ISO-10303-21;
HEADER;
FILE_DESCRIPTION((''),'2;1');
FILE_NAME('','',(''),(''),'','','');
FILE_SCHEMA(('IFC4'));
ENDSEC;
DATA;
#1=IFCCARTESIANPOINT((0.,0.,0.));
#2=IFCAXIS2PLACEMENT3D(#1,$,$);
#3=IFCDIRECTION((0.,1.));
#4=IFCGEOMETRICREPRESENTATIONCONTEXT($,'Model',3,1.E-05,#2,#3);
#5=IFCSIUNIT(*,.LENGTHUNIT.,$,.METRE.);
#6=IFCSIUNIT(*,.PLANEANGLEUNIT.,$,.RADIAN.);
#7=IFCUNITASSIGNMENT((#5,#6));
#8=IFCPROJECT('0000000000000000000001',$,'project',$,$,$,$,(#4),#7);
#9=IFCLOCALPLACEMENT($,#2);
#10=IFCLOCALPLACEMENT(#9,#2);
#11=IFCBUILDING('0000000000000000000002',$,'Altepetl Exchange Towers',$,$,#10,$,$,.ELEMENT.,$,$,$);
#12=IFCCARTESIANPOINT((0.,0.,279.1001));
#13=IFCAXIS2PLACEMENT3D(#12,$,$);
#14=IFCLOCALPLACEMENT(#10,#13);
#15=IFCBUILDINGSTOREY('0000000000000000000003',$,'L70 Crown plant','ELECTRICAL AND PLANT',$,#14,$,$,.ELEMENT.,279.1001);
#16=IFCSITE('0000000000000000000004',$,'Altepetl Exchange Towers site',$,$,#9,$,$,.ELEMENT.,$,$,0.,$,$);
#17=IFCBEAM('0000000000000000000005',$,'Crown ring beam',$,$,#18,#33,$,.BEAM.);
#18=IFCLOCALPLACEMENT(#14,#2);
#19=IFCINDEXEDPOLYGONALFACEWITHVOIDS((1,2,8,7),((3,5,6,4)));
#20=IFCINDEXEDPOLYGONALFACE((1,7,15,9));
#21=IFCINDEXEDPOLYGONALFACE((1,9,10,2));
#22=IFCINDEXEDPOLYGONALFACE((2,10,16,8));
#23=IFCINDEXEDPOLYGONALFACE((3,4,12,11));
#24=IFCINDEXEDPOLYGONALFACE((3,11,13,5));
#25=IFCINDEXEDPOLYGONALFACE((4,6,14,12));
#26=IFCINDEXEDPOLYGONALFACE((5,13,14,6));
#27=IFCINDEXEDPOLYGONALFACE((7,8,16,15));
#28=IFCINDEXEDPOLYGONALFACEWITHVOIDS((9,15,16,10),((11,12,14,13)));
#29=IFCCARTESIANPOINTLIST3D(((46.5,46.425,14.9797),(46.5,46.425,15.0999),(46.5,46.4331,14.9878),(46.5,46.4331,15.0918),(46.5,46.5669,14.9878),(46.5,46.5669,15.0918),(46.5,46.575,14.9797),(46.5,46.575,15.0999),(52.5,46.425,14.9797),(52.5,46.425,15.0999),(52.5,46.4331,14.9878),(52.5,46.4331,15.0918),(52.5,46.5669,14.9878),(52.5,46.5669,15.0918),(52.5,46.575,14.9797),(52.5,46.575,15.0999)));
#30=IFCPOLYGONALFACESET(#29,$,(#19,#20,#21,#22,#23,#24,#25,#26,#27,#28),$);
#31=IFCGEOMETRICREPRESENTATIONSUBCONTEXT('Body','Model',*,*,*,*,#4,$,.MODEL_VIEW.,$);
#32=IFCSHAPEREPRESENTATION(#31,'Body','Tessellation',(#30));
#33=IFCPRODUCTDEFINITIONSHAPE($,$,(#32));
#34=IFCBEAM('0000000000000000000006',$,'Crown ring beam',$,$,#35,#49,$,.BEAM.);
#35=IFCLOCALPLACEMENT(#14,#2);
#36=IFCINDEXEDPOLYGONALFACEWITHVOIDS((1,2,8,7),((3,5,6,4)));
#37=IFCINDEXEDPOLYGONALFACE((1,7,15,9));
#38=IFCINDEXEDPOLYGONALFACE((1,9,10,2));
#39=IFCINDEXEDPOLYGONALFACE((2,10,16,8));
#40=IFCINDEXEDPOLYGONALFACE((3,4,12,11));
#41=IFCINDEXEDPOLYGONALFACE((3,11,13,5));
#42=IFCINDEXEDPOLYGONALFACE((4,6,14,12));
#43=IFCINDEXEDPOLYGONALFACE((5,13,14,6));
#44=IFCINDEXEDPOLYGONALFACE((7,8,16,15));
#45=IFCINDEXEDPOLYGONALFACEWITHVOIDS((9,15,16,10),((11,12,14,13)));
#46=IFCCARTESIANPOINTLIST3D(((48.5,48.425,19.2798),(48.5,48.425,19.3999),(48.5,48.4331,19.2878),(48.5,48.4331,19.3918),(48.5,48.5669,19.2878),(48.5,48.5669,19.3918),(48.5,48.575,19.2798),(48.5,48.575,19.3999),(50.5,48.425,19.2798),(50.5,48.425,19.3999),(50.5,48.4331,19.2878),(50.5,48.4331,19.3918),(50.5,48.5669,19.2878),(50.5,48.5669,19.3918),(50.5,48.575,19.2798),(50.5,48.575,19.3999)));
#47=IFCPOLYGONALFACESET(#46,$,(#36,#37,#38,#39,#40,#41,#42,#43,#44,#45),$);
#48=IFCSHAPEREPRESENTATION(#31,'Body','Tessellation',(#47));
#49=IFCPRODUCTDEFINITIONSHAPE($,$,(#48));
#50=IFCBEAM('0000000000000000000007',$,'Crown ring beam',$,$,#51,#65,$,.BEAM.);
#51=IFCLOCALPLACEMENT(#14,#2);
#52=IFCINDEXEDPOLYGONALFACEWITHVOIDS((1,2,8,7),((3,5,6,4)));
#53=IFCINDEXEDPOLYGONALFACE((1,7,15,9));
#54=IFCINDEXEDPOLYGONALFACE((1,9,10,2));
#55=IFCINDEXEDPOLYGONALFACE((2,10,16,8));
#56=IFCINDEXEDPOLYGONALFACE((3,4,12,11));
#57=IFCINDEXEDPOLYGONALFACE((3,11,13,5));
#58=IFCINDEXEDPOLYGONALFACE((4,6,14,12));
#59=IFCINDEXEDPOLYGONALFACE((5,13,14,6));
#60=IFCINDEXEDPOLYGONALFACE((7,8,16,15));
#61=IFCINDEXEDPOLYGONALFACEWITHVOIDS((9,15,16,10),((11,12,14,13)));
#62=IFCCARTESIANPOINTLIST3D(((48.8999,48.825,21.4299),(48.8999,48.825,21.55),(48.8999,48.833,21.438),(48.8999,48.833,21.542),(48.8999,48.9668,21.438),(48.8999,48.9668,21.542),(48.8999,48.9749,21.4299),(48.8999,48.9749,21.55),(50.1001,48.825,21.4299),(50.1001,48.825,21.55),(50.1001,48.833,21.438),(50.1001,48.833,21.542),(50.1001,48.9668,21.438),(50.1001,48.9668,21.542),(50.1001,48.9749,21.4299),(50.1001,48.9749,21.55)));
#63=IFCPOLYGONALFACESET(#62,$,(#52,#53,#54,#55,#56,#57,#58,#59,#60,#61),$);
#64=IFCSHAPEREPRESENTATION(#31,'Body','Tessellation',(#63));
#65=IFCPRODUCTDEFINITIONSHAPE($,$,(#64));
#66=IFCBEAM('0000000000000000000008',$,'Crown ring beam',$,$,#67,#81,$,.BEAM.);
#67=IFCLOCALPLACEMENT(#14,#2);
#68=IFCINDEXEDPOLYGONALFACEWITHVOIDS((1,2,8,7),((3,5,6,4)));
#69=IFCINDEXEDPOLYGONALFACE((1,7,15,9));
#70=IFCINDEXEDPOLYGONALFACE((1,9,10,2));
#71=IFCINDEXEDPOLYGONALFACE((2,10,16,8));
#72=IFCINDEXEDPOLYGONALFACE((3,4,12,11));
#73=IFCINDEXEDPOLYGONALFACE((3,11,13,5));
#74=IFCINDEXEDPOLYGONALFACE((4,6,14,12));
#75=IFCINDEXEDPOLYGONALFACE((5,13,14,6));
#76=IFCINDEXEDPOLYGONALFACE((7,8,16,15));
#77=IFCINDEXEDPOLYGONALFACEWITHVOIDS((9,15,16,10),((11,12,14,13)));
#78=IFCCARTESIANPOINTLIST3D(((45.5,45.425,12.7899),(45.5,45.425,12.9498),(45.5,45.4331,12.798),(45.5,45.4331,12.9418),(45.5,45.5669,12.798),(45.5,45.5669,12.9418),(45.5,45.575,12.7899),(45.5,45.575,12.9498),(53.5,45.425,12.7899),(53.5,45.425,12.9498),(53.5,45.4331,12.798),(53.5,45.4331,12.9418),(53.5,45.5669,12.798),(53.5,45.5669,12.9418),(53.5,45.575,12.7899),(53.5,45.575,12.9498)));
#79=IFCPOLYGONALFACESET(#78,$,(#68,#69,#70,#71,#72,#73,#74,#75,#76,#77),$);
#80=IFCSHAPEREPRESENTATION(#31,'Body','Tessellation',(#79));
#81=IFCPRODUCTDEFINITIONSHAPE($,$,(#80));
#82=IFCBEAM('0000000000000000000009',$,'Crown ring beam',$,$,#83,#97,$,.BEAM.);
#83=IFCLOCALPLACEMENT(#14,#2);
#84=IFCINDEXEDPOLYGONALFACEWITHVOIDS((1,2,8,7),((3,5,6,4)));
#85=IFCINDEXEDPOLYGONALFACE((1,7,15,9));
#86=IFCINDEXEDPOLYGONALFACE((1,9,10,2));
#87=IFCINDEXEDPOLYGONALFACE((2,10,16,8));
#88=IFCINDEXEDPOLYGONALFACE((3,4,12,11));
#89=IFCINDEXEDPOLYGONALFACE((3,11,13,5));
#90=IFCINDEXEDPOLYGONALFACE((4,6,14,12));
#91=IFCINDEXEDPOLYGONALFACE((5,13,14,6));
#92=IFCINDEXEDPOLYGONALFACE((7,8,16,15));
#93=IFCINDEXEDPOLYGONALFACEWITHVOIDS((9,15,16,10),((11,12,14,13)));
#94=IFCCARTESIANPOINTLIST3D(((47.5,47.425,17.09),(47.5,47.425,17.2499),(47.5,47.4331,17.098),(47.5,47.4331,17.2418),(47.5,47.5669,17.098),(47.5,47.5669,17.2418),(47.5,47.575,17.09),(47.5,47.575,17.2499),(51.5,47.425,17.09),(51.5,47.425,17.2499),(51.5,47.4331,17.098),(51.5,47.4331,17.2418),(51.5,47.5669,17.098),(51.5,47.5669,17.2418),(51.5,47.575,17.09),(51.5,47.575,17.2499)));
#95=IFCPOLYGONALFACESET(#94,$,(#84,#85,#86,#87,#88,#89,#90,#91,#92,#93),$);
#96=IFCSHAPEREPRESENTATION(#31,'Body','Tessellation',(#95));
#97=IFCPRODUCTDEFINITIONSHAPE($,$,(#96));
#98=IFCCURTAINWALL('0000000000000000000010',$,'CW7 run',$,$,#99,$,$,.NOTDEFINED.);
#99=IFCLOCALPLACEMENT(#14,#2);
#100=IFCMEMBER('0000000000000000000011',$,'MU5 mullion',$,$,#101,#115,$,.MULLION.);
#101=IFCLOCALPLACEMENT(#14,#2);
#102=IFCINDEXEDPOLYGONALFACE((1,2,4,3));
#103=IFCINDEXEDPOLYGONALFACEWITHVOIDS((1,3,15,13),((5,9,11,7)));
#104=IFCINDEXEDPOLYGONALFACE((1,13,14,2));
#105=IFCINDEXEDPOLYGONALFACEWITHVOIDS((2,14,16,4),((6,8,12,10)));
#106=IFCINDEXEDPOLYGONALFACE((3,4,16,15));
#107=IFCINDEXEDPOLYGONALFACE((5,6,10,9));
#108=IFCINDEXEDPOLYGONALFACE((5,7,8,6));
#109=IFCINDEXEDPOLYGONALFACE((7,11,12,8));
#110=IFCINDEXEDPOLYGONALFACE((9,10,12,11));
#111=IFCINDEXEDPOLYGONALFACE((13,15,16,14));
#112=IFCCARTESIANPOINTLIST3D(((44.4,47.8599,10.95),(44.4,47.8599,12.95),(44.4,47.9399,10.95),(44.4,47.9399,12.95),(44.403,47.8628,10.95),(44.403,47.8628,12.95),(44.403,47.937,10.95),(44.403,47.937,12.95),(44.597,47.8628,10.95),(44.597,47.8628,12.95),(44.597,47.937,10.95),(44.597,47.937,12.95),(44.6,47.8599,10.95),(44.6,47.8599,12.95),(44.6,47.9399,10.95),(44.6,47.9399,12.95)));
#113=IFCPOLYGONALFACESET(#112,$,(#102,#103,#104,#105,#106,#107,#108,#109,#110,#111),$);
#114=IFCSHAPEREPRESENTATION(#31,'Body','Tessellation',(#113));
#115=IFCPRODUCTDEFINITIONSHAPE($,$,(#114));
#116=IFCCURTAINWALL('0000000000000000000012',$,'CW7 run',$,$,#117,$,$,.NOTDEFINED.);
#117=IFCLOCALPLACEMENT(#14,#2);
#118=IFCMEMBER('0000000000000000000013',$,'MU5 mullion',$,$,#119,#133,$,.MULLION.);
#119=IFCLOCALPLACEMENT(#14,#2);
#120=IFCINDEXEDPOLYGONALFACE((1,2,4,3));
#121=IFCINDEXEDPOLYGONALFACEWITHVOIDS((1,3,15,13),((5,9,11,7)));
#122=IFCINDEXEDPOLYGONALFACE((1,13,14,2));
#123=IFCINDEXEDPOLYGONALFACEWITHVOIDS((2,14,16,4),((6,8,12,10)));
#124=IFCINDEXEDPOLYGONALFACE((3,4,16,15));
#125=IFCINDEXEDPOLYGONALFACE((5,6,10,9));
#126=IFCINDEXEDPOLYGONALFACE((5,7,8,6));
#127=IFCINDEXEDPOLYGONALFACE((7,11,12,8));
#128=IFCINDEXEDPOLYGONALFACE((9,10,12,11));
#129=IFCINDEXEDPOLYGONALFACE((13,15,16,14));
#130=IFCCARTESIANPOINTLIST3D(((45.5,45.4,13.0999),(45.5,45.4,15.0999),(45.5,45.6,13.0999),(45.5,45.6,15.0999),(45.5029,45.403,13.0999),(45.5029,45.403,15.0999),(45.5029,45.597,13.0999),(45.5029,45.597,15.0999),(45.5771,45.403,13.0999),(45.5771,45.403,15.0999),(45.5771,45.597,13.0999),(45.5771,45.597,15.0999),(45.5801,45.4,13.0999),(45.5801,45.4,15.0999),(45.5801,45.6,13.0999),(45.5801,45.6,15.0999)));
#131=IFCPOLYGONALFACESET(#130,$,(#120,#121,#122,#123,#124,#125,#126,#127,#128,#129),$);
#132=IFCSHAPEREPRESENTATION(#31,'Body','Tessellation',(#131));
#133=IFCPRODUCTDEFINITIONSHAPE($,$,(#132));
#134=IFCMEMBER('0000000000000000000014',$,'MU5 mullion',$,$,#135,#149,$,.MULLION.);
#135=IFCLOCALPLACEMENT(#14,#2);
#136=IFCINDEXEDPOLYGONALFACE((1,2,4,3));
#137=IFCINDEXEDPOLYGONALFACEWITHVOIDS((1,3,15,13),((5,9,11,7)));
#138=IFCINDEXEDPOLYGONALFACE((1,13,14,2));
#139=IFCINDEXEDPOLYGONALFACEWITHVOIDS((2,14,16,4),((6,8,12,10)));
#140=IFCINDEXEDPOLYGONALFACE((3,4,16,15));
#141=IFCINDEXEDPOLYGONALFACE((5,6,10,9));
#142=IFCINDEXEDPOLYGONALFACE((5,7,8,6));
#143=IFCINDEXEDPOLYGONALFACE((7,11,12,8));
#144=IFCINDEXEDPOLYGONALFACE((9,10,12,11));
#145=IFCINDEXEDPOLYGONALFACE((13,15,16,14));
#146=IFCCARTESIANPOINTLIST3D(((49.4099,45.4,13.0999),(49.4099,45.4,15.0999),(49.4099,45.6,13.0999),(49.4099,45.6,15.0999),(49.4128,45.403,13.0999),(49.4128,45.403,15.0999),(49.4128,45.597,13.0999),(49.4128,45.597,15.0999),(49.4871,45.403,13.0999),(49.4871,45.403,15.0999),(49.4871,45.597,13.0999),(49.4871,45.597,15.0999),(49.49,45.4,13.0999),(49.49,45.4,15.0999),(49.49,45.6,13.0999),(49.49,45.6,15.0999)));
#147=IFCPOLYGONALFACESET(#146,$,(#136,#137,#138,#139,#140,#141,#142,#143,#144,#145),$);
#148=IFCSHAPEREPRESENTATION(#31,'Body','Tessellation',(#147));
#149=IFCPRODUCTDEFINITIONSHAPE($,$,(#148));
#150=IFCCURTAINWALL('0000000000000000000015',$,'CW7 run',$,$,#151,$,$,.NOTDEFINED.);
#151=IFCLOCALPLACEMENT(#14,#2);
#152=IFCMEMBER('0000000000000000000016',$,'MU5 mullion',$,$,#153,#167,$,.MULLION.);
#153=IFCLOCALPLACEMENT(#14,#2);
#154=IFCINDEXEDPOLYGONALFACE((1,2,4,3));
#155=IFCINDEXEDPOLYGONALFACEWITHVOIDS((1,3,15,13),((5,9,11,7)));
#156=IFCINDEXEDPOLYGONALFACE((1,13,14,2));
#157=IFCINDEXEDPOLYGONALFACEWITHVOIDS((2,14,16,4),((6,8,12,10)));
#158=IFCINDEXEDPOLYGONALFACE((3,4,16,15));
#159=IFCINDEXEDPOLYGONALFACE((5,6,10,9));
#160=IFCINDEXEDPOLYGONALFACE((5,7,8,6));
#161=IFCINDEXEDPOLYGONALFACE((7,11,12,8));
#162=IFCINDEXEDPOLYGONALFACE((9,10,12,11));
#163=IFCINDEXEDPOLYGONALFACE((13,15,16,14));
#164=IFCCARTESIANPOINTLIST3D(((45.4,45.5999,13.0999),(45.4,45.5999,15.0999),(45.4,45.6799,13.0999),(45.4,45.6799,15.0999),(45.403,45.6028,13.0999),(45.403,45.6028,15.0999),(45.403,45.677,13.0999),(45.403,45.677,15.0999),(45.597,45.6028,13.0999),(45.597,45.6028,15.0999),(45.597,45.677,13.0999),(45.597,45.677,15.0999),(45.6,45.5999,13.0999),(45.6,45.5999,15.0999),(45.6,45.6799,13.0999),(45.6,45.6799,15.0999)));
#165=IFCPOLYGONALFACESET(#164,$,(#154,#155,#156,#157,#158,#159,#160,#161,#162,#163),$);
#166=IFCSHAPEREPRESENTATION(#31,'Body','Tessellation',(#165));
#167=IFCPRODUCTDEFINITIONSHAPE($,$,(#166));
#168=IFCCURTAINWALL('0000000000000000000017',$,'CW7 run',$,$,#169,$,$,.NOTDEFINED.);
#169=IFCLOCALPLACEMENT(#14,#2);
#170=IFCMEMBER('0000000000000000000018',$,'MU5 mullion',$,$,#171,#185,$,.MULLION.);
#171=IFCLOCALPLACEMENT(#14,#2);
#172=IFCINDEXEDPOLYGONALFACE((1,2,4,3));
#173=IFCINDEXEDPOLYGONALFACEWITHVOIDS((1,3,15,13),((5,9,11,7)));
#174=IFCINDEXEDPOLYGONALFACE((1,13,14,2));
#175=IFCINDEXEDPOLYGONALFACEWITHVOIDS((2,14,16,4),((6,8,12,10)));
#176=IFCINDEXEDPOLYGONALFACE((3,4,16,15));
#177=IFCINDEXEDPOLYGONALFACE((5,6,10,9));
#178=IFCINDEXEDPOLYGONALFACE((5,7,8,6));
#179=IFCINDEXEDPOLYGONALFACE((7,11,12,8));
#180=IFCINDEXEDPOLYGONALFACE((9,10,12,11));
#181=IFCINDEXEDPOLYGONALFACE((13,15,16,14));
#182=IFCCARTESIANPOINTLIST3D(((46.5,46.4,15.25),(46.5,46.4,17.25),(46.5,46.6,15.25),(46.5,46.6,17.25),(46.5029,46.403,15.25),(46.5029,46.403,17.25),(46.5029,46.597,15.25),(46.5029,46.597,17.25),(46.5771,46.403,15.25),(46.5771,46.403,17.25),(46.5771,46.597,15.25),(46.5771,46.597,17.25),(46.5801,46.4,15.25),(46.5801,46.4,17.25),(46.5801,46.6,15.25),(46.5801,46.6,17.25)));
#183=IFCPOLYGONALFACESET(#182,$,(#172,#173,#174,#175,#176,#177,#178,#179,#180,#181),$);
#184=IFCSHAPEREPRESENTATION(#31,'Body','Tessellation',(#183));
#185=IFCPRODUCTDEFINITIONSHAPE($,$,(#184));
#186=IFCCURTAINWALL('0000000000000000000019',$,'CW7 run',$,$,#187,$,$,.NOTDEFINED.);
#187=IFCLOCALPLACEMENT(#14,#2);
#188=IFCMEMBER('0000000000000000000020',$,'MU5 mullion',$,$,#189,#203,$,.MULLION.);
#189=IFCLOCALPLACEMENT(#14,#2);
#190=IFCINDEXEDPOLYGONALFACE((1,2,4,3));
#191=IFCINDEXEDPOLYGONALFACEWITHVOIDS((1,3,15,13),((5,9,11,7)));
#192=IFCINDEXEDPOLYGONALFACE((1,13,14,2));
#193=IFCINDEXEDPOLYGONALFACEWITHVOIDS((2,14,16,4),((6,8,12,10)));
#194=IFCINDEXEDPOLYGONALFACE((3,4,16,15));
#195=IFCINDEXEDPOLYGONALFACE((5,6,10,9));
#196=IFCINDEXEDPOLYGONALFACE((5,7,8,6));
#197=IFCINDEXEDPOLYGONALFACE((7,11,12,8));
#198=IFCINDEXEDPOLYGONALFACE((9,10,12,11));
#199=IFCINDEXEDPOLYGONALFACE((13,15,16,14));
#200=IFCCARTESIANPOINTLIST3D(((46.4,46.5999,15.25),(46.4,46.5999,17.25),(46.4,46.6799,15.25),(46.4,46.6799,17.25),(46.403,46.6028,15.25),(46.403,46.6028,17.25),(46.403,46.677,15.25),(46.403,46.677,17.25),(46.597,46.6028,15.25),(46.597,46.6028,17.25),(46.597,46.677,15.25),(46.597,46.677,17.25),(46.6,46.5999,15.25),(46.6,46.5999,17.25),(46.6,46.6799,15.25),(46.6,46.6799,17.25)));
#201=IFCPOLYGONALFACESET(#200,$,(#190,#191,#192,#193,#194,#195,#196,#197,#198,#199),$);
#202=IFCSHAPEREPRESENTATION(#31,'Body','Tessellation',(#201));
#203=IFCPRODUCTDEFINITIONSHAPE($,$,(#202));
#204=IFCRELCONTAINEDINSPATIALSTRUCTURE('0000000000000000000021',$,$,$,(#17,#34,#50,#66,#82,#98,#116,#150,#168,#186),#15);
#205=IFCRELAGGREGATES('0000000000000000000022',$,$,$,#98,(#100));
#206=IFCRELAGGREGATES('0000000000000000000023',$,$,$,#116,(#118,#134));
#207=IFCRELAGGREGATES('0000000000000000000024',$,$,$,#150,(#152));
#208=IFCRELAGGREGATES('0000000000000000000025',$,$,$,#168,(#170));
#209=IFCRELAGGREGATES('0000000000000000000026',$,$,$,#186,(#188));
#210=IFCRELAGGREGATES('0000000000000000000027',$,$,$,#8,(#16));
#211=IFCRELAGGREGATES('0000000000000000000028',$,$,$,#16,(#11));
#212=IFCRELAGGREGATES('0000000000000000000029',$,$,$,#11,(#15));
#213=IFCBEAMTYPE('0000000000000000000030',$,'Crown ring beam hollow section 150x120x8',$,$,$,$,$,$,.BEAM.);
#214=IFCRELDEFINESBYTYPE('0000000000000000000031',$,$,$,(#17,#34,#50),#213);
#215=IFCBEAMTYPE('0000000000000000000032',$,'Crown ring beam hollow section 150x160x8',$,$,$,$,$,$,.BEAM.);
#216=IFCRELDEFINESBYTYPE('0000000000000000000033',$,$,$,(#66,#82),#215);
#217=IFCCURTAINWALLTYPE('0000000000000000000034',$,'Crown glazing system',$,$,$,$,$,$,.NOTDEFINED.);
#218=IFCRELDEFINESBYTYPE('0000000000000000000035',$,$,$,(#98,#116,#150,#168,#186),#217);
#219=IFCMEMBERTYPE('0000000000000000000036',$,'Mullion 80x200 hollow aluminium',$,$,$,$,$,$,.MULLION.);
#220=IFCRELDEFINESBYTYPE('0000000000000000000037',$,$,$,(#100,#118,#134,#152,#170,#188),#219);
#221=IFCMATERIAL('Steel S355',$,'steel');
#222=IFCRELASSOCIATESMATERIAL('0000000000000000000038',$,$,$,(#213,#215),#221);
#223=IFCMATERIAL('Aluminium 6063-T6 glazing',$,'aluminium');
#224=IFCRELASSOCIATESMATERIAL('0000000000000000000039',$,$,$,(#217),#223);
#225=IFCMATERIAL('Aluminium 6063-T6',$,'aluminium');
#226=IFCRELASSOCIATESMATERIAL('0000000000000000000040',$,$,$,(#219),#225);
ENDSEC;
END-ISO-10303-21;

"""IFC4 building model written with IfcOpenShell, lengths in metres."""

from ifc_helpers import new_model, si_unit, direction, frame, origin, origin_2d, place, context, subcontext, project, spatial, hollow_rectangle, extrude, material, material_profile, profile_set, type_object, element, aggregate, save


model = new_model("IFC4")

# Units and contexts
model_context = context("Model", 3, precision=1e-05, world=origin(), true_north=direction((0.0, 1.0)))
body_context = subcontext(model_context, "Body", "Model", "MODEL_VIEW")
ifc_project = project(units=[si_unit("LENGTHUNIT", "METRE"), si_unit("PLANEANGLEUNIT", "RADIAN")], contexts=[model_context])

# Site, building, storey
site_placement = place(None, origin())
site = spatial("IfcSite", under=ifc_project, at=site_placement, Name="Altepetl Exchange Towers site", CompositionType="ELEMENT", RefElevation=0.0)
building_placement = place(site_placement, origin())
building = spatial("IfcBuilding", under=site, at=building_placement, Name="Altepetl Exchange Towers", CompositionType="ELEMENT")
storey_placement = place(building_placement, frame((0.0, 0.0, 279.1001)))
storey = spatial("IfcBuildingStorey", under=building, at=storey_placement, Name="L70 Crown plant", Description="ELECTRICAL AND PLANT", CompositionType="ELEMENT", Elevation=279.1001)

# Beams
ifc_material_1 = material(Name="Steel S355", Category="steel")
ifc_material_profile_1 = material_profile(ifc_material_1, hollow_rectangle(XDim=0.1499, YDim=0.1201, WallThickness=0.0081, at=origin_2d()), Name="RHS 120x150x8")
ifc_profile_set_1 = profile_set([ifc_material_profile_1], Name="Steel S355")
beam_type_1 = type_object("IfcBeamType", Name="Crown ring beam hollow section 150x120x8", PredefinedType="BEAM", material=ifc_profile_set_1)
beam_1_placement = place(storey_placement, frame((46.5, 46.5, 15.0398), z_axis=(1.0, 0.0, 0.0), x_axis=(0.0, 1.0, 0.0)))
element("IfcBeam", 1, at=beam_1_placement, inside=storey, type_object=beam_type_1, Name="Crown ring beam", PredefinedType="BEAM", context=body_context, shape_type="SweptSolid", body=[
    extrude(hollow_rectangle(XDim=0.1499, YDim=0.1201, WallThickness=0.0081, at=origin_2d()), origin(), (0.0, 0.0, 1.0), 6.0),
])
beam_2_placement = place(storey_placement, frame((48.5, 48.5, 19.3398), z_axis=(1.0, 0.0, 0.0), x_axis=(0.0, 1.0, 0.0)))
element("IfcBeam", 2, at=beam_2_placement, inside=storey, type_object=beam_type_1, Name="Crown ring beam", PredefinedType="BEAM", context=body_context, shape_type="SweptSolid", body=[
    extrude(hollow_rectangle(XDim=0.1499, YDim=0.1201, WallThickness=0.0081, at=origin_2d()), origin(), (0.0, 0.0, 1.0), 2.0),
])
beam_3_placement = place(storey_placement, frame((48.8999, 48.8999, 21.49), z_axis=(1.0, 0.0, 0.0), x_axis=(0.0, 1.0, 0.0)))
element("IfcBeam", 3, at=beam_3_placement, inside=storey, type_object=beam_type_1, Name="Crown ring beam", PredefinedType="BEAM", context=body_context, shape_type="SweptSolid", body=[
    extrude(hollow_rectangle(XDim=0.1499, YDim=0.1201, WallThickness=0.0081, at=origin_2d()), origin(), (0.0, 0.0, 1.0), 1.2002),
])
ifc_material_profile_2 = material_profile(ifc_material_1, hollow_rectangle(XDim=0.1499, YDim=0.1599, WallThickness=0.0081, at=origin_2d()), Name="RHS 160x150x8")
ifc_profile_set_2 = profile_set([ifc_material_profile_2], Name="Steel S355")
beam_type_2 = type_object("IfcBeamType", Name="Crown ring beam hollow section 150x160x8", PredefinedType="BEAM", material=ifc_profile_set_2)
beam_4_placement = place(storey_placement, frame((45.5, 45.5, 12.8699), z_axis=(1.0, 0.0, 0.0), x_axis=(0.0, 1.0, 0.0)))
element("IfcBeam", 4, at=beam_4_placement, inside=storey, type_object=beam_type_2, Name="Crown ring beam", PredefinedType="BEAM", context=body_context, shape_type="SweptSolid", body=[
    extrude(hollow_rectangle(XDim=0.1499, YDim=0.1599, WallThickness=0.0081, at=origin_2d()), origin(), (0.0, 0.0, 1.0), 8.0),
])
beam_5_placement = place(storey_placement, frame((47.5, 47.5, 17.1699), z_axis=(1.0, 0.0, 0.0), x_axis=(0.0, 1.0, 0.0)))
element("IfcBeam", 5, at=beam_5_placement, inside=storey, type_object=beam_type_2, Name="Crown ring beam", PredefinedType="BEAM", context=body_context, shape_type="SweptSolid", body=[
    extrude(hollow_rectangle(XDim=0.1499, YDim=0.1599, WallThickness=0.0081, at=origin_2d()), origin(), (0.0, 0.0, 1.0), 4.0),
])

# Curtain wall, member
ifc_material_2 = material(Name="Aluminium 6063-T6 glazing", Category="aluminium")
curtain_wall_type = type_object("IfcCurtainWallType", Name="Crown glazing system", PredefinedType="NOTDEFINED", material=ifc_material_2)
curtain_wall_1_placement = place(storey_placement, origin())
curtain_wall_1 = element("IfcCurtainWall", 6, at=curtain_wall_1_placement, inside=storey, type_object=curtain_wall_type, Name="CW7 run", PredefinedType="NOTDEFINED")
ifc_material_3 = material(Name="Aluminium 6063-T6", Category="aluminium")
ifc_material_profile_3 = material_profile(ifc_material_3, hollow_rectangle(XDim=0.0801, YDim=0.2, WallThickness=0.0029, at=origin_2d()), Name="Mullion 80x200 hollow aluminium")
ifc_profile_set_3 = profile_set([ifc_material_profile_3], Name="Aluminium 6063-T6")
member_type = type_object("IfcMemberType", Name="Mullion 80x200 hollow aluminium", PredefinedType="MULLION", material=ifc_profile_set_3)
member_1_placement = place(storey_placement, frame((44.5, 47.8999, 10.95), z_axis=(0.0, 0.0, 1.0), x_axis=(0.0, -1.0, 0.0)))
member_1 = element("IfcMember", 7, at=member_1_placement, type_object=member_type, Name="MU5 mullion", PredefinedType="MULLION", context=body_context, shape_type="SweptSolid", body=[
    extrude(hollow_rectangle(XDim=0.0801, YDim=0.2, WallThickness=0.0029, at=origin_2d()), origin(), (0.0, 0.0, 1.0), 2.0),
])

# Curtain wall, members
curtain_wall_2_placement = place(storey_placement, origin())
curtain_wall_2 = element("IfcCurtainWall", 8, at=curtain_wall_2_placement, inside=storey, type_object=curtain_wall_type, Name="CW7 run", PredefinedType="NOTDEFINED")
member_2_placement = place(storey_placement, frame((45.54, 45.5, 13.0999)))
member_2 = element("IfcMember", 9, at=member_2_placement, type_object=member_type, Name="MU5 mullion", PredefinedType="MULLION", context=body_context, shape_type="SweptSolid", body=[
    extrude(hollow_rectangle(XDim=0.0801, YDim=0.2, WallThickness=0.0029, at=origin_2d()), origin(), (0.0, 0.0, 1.0), 2.0),
])
member_3_placement = place(storey_placement, frame((49.45, 45.5, 13.0999)))
member_3 = element("IfcMember", 10, at=member_3_placement, type_object=member_type, Name="MU5 mullion", PredefinedType="MULLION", context=body_context, shape_type="SweptSolid", body=[
    extrude(hollow_rectangle(XDim=0.0801, YDim=0.2, WallThickness=0.0029, at=origin_2d()), origin(), (0.0, 0.0, 1.0), 2.0),
])

# Curtain walls, members
curtain_wall_3_placement = place(storey_placement, origin())
curtain_wall_3 = element("IfcCurtainWall", 11, at=curtain_wall_3_placement, inside=storey, type_object=curtain_wall_type, Name="CW7 run", PredefinedType="NOTDEFINED")
member_4_placement = place(storey_placement, frame((45.5, 45.6399, 13.0999), z_axis=(0.0, 0.0, 1.0), x_axis=(0.0, -1.0, 0.0)))
member_4 = element("IfcMember", 12, at=member_4_placement, type_object=member_type, Name="MU5 mullion", PredefinedType="MULLION", context=body_context, shape_type="SweptSolid", body=[
    extrude(hollow_rectangle(XDim=0.0801, YDim=0.2, WallThickness=0.0029, at=origin_2d()), origin(), (0.0, 0.0, 1.0), 2.0),
])
curtain_wall_4_placement = place(storey_placement, origin())
curtain_wall_4 = element("IfcCurtainWall", 13, at=curtain_wall_4_placement, inside=storey, type_object=curtain_wall_type, Name="CW7 run", PredefinedType="NOTDEFINED")
member_5_placement = place(storey_placement, frame((46.54, 46.5, 15.25)))
member_5 = element("IfcMember", 14, at=member_5_placement, type_object=member_type, Name="MU5 mullion", PredefinedType="MULLION", context=body_context, shape_type="SweptSolid", body=[
    extrude(hollow_rectangle(XDim=0.0801, YDim=0.2, WallThickness=0.0029, at=origin_2d()), origin(), (0.0, 0.0, 1.0), 2.0),
])
curtain_wall_5_placement = place(storey_placement, origin())
curtain_wall_5 = element("IfcCurtainWall", 15, at=curtain_wall_5_placement, inside=storey, type_object=curtain_wall_type, Name="CW7 run", PredefinedType="NOTDEFINED")
member_6_placement = place(storey_placement, frame((46.5, 46.6399, 15.25), z_axis=(0.0, 0.0, 1.0), x_axis=(0.0, -1.0, 0.0)))
member_6 = element("IfcMember", 16, at=member_6_placement, type_object=member_type, Name="MU5 mullion", PredefinedType="MULLION", context=body_context, shape_type="SweptSolid", body=[
    extrude(hollow_rectangle(XDim=0.0801, YDim=0.2, WallThickness=0.0029, at=origin_2d()), origin(), (0.0, 0.0, 1.0), 2.0),
])

aggregate(curtain_wall_1, [member_1])
aggregate(curtain_wall_2, [member_2, member_3])
aggregate(curtain_wall_3, [member_4])
aggregate(curtain_wall_4, [member_5])
aggregate(curtain_wall_5, [member_6])

save(model, "model.ifc")
